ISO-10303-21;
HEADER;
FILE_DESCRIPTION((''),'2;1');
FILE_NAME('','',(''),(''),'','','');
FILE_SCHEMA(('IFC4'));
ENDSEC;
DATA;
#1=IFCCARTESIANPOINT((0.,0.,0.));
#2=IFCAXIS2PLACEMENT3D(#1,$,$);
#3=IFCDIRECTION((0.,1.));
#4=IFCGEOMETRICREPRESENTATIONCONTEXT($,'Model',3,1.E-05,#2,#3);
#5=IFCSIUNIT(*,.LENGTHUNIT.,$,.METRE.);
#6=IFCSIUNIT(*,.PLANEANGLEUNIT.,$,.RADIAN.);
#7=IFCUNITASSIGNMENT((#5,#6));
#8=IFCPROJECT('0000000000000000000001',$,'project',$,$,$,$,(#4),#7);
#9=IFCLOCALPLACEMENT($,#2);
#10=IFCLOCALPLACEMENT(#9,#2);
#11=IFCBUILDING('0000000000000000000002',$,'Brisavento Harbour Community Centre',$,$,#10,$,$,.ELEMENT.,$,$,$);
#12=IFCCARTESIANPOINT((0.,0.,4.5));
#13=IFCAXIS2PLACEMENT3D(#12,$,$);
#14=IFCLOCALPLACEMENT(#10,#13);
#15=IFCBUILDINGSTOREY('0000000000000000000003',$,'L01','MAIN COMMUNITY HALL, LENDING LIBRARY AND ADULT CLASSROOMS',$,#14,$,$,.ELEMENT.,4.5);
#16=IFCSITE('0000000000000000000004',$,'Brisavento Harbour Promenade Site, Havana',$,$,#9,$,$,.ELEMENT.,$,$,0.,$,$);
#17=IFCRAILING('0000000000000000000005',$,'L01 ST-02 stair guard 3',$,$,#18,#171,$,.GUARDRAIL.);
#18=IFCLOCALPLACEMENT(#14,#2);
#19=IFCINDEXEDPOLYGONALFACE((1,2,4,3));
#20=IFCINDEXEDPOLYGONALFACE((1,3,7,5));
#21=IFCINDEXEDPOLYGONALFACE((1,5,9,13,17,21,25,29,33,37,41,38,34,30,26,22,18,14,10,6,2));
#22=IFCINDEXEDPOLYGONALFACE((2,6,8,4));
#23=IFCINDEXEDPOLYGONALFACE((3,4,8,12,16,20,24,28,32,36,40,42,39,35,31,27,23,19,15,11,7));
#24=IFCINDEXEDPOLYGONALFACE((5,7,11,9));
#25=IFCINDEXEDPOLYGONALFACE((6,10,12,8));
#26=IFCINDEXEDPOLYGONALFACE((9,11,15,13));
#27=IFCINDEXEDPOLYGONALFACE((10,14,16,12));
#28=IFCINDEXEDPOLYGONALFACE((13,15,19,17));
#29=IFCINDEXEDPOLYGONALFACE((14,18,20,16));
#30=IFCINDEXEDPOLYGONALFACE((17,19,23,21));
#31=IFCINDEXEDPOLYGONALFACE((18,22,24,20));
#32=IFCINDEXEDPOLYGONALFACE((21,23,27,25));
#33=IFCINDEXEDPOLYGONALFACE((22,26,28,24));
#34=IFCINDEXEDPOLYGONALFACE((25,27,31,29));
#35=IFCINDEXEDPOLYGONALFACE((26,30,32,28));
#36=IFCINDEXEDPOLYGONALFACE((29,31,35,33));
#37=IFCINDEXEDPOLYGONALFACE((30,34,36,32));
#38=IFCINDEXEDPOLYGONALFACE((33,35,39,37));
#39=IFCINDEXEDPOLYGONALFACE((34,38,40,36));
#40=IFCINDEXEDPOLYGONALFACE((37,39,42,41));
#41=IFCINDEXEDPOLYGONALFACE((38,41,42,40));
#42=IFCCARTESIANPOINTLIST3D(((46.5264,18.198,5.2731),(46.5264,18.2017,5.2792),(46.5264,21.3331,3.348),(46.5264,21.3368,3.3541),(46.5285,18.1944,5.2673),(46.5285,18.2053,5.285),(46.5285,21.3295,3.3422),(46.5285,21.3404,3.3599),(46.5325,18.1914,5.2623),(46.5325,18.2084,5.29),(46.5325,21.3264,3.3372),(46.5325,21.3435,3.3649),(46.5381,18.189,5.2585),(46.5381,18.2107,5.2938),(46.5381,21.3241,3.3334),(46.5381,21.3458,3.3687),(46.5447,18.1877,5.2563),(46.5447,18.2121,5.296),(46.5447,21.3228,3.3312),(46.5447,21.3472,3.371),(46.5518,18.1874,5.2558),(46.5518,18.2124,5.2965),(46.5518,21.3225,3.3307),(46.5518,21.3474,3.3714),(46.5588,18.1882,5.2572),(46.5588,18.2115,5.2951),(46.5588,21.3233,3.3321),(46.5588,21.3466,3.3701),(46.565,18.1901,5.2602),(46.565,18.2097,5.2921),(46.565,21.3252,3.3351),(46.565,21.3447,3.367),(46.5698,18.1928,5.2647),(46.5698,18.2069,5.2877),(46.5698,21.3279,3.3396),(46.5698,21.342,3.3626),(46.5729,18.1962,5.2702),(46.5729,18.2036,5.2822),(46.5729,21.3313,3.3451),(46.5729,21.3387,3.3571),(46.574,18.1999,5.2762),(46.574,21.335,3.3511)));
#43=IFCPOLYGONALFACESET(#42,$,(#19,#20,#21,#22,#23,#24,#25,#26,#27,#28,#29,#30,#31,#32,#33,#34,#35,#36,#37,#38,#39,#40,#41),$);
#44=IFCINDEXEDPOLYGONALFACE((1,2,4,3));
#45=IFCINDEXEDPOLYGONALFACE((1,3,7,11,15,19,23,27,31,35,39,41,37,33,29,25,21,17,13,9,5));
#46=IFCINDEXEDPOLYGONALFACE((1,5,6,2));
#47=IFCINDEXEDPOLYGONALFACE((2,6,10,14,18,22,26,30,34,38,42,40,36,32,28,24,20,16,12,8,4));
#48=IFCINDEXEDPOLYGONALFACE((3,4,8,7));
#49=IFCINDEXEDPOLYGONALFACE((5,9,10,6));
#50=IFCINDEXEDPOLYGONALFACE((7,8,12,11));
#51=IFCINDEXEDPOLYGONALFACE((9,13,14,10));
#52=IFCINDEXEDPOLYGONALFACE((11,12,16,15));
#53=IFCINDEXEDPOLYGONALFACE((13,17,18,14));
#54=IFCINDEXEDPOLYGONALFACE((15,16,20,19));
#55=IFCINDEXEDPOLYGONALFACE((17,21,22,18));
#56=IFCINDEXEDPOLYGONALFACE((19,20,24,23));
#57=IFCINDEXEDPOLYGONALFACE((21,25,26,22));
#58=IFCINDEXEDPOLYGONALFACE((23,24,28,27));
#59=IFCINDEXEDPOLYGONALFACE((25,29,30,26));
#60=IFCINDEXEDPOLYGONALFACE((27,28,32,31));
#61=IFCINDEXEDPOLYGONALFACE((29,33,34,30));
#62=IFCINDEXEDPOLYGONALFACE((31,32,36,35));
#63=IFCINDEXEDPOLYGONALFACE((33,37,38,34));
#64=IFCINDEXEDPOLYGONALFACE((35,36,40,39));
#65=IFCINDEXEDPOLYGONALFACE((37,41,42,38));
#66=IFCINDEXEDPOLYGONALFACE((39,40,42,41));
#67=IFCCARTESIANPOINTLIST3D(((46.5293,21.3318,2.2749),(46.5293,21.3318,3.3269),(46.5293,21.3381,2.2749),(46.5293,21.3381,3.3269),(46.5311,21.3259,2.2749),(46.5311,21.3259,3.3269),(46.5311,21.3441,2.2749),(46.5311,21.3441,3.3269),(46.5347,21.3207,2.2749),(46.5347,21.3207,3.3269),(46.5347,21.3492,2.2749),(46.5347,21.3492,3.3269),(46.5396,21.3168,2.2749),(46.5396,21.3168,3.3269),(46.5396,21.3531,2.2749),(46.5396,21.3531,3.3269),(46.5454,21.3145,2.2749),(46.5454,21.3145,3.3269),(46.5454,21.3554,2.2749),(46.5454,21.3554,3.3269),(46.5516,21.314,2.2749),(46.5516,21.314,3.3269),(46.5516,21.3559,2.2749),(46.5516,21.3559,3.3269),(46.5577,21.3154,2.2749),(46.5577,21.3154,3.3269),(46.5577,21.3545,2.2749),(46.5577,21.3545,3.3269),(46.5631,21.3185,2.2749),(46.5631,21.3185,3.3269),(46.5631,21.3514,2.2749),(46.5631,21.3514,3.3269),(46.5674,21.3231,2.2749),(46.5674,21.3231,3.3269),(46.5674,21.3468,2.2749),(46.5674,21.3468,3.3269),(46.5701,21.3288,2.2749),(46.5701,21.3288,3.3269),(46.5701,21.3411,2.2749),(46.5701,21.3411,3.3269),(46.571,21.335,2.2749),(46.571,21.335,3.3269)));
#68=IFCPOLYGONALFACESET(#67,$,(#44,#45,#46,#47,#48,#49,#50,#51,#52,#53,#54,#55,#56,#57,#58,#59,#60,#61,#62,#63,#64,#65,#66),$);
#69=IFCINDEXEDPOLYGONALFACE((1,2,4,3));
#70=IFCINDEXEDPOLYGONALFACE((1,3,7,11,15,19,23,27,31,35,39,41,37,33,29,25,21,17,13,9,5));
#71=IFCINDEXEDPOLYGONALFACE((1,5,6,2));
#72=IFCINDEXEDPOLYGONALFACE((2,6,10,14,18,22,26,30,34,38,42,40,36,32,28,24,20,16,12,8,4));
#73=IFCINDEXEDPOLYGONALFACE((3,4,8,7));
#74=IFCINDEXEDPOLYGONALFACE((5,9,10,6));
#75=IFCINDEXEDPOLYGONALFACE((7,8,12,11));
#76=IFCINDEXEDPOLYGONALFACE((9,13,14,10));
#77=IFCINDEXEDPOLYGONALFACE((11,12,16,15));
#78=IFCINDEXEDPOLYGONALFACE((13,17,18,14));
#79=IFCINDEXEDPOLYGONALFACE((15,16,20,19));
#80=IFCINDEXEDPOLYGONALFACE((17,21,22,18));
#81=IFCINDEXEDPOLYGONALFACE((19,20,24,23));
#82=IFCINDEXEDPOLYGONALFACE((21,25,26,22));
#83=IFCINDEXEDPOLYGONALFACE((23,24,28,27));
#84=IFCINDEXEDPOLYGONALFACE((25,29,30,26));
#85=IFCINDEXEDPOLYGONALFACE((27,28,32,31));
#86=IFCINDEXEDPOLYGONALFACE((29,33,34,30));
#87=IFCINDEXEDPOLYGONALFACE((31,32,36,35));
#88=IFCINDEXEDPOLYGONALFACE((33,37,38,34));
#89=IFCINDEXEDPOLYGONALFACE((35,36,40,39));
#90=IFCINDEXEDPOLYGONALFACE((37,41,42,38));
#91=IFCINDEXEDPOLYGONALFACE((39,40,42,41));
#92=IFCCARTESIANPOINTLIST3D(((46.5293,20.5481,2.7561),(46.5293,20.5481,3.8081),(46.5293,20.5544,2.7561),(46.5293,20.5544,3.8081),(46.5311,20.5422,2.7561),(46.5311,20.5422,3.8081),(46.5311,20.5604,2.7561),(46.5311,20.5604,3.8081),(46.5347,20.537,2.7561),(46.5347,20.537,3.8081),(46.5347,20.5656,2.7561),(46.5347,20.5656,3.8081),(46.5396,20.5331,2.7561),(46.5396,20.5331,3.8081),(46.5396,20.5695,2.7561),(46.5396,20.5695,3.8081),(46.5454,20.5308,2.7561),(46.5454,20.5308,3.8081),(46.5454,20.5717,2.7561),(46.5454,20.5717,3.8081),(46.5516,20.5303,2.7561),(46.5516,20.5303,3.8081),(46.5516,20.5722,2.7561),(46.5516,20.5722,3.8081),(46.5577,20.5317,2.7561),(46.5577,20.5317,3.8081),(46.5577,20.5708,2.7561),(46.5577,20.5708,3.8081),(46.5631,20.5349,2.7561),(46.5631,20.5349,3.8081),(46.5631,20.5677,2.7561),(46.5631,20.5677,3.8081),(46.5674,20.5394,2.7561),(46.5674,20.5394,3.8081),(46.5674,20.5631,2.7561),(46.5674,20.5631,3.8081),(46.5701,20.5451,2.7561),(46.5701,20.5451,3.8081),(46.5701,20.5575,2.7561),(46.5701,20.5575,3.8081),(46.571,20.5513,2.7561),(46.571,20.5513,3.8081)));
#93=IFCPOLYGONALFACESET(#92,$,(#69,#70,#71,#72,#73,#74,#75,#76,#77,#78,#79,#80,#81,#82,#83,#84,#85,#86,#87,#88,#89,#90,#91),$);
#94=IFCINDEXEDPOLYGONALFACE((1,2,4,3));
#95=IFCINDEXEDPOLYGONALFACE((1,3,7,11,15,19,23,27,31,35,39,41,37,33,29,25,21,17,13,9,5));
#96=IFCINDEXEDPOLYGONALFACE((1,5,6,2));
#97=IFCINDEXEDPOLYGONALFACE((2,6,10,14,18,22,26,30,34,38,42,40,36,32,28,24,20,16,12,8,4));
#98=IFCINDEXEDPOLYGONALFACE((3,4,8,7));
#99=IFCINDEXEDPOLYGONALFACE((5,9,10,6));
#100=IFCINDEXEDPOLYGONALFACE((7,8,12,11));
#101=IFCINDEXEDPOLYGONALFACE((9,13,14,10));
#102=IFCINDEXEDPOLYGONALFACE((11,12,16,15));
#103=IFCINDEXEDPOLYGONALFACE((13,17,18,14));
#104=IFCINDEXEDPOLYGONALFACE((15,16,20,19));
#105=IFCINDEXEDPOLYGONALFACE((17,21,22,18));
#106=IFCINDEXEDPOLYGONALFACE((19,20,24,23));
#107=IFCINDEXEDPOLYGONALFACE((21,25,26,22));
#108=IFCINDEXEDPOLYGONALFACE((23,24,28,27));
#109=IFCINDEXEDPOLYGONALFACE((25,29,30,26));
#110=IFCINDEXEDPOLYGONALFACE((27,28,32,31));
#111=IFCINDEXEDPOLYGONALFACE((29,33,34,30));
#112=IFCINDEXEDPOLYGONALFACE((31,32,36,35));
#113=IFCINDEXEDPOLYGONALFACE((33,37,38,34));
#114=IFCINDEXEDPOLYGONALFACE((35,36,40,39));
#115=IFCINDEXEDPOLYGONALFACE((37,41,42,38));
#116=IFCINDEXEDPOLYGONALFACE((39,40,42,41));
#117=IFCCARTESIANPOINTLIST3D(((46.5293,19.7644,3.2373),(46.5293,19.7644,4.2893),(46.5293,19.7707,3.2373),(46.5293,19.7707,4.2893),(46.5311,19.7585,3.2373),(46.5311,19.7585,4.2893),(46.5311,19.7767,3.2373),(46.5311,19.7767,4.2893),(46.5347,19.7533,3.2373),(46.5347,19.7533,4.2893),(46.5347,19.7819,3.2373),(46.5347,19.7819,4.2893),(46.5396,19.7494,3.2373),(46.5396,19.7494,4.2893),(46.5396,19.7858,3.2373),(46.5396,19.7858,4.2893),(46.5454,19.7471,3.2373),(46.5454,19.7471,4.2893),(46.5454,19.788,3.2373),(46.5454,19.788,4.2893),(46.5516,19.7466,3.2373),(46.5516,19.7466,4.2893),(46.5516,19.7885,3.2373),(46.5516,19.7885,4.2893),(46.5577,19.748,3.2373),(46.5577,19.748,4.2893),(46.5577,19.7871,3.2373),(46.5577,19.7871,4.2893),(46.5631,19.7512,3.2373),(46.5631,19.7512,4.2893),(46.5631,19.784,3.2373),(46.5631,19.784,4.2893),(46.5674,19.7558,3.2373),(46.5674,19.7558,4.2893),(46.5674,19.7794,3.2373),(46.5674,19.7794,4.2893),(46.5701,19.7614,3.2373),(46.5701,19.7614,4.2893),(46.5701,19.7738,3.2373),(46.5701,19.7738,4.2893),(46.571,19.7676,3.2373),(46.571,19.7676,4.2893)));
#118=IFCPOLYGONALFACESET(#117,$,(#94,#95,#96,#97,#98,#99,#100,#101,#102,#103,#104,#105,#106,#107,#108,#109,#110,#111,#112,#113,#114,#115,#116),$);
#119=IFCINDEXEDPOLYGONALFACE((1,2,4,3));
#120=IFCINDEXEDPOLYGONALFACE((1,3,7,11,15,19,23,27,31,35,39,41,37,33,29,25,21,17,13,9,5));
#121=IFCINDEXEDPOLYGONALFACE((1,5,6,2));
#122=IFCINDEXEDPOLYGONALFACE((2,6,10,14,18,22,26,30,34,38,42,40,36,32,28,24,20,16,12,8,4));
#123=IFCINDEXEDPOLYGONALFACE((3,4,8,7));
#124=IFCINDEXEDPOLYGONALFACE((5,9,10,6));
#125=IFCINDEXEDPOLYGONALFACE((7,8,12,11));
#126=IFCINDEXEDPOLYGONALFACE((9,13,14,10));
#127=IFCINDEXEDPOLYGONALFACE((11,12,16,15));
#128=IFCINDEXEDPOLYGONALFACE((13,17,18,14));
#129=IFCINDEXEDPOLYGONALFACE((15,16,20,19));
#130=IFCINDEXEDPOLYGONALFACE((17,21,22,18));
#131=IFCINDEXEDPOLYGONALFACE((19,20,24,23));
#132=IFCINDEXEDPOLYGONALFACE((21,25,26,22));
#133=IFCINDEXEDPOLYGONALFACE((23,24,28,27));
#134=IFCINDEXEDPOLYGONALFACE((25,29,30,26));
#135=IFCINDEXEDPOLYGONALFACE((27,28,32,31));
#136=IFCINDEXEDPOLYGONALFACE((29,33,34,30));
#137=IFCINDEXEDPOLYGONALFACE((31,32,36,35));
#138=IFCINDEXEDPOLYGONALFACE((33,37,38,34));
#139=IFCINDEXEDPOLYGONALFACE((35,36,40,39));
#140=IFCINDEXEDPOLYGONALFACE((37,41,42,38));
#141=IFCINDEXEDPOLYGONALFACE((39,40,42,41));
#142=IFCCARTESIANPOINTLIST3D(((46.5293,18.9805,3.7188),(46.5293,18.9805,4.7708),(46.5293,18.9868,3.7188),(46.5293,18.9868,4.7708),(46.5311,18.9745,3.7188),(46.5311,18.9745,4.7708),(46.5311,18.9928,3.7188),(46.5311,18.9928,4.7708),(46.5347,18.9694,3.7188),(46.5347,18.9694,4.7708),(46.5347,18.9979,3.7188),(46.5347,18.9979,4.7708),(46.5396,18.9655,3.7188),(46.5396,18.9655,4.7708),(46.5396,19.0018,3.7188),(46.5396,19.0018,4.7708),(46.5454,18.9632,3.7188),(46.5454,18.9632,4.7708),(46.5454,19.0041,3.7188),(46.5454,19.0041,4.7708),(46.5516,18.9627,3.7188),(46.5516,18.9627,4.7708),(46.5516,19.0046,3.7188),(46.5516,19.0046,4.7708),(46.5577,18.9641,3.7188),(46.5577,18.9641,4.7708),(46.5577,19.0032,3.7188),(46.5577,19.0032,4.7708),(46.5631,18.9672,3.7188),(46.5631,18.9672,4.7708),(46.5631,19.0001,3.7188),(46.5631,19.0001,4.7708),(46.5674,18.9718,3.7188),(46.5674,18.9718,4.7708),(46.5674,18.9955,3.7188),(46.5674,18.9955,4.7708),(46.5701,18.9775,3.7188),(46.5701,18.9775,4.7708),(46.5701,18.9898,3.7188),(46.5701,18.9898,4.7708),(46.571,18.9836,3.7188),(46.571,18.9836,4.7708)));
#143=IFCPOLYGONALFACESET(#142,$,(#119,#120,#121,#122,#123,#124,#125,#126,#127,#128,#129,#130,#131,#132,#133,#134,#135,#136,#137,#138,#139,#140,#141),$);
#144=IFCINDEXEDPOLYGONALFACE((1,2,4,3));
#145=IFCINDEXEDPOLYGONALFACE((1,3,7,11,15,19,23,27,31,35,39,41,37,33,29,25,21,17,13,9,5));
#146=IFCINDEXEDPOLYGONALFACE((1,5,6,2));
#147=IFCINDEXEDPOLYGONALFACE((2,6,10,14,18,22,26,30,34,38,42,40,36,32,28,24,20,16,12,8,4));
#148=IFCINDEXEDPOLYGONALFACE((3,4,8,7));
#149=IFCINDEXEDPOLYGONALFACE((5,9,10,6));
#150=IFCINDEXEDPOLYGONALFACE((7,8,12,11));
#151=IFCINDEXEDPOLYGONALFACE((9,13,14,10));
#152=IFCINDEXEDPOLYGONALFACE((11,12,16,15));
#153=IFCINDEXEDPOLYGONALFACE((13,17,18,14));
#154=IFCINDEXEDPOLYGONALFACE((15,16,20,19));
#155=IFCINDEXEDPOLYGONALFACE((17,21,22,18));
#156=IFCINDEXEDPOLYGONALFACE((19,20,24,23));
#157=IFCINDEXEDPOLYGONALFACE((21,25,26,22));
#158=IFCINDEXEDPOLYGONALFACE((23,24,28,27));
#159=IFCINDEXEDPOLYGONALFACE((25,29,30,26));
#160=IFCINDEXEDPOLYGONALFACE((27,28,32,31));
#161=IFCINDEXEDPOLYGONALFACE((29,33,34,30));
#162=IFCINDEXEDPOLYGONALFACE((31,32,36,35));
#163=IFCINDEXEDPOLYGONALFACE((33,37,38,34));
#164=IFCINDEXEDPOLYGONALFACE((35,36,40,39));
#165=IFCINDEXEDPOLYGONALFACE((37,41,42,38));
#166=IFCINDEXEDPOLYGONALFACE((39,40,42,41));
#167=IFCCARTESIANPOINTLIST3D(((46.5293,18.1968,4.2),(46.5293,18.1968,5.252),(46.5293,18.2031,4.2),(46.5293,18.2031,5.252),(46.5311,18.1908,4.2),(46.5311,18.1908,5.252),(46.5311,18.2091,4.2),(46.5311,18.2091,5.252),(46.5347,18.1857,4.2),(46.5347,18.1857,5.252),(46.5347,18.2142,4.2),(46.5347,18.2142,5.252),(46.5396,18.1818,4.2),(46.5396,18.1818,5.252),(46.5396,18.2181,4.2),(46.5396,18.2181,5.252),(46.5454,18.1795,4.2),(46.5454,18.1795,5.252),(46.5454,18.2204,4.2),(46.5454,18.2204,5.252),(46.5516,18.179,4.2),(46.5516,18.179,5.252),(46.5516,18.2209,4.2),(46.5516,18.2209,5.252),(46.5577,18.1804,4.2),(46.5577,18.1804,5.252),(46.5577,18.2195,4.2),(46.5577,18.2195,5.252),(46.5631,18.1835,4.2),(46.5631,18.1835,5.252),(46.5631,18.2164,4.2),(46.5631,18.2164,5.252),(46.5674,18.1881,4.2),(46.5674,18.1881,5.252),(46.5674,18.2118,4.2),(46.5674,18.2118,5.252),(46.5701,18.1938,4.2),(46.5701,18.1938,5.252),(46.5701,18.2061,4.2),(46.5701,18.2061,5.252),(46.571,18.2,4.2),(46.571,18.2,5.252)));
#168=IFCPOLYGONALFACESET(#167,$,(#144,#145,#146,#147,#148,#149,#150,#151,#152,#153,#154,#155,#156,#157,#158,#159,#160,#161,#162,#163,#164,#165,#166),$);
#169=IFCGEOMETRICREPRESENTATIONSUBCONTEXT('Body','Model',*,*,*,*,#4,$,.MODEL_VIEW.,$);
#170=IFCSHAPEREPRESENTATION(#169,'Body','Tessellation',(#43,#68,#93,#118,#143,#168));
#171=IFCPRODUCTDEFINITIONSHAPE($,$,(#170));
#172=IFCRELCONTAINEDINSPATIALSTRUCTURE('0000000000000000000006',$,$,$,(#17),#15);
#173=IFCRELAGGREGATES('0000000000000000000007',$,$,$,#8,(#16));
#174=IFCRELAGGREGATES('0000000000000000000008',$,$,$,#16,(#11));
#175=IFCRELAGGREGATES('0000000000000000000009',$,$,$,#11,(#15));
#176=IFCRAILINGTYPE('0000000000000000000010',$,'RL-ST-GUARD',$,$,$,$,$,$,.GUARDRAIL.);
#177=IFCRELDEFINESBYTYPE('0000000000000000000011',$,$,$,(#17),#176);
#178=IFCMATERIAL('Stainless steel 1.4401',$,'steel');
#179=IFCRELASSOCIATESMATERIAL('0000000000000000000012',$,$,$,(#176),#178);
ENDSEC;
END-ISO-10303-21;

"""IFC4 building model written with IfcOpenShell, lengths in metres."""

from ifc_helpers import new_model, si_unit, direction, frame, origin, origin_2d, place, context, subcontext, project, spatial, circle, extrude, material, type_object, element, save


model = new_model("IFC4")

# Units and contexts
model_context = context("Model", 3, precision=1e-05, world=origin(), true_north=direction((0.0, 1.0)))
body_context = subcontext(model_context, "Body", "Model", "MODEL_VIEW")
ifc_project = project(units=[si_unit("LENGTHUNIT", "METRE"), si_unit("PLANEANGLEUNIT", "RADIAN")], contexts=[model_context])

# Site, building, storey
site_placement = place(None, origin())
site = spatial("IfcSite", under=ifc_project, at=site_placement, Name="Brisavento Harbour Promenade Site, Havana", CompositionType="ELEMENT", RefElevation=0.0)
building_placement = place(site_placement, origin())
building = spatial("IfcBuilding", under=site, at=building_placement, Name="Brisavento Harbour Community Centre", CompositionType="ELEMENT")
storey_placement = place(building_placement, frame((0.0, 0.0, 4.5)))
storey = spatial("IfcBuildingStorey", under=building, at=storey_placement, Name="L01", Description="MAIN COMMUNITY HALL, LENDING LIBRARY AND ADULT CLASSROOMS", CompositionType="ELEMENT", Elevation=4.5)

# Railing
ifc_material_1 = material(Name="Stainless steel 1.4401", Category="steel")
railing_type_1 = type_object("IfcRailingType", Name="RL-ST-GUARD", PredefinedType="GUARDRAIL", material=ifc_material_1)
railing_1_placement = place(storey_placement, frame((46.55, 21.335, 2.2749)))
element("IfcRailing", 1, at=railing_1_placement, inside=storey, type_object=railing_type_1, Name="L01 ST-02 stair guard 3", PredefinedType="GUARDRAIL", context=body_context, shape_type="SweptSolid", body=[
    extrude(circle(Radius=0.0239, at=origin_2d()), frame((0.0, 0.0, 1.0762), z_axis=(0.0, -0.852166, 0.523271), x_axis=(1.0, 0.0, 0.0)), (0.0, 0.0, 1.0), 3.679),
    extrude(circle(Radius=0.021, at=origin_2d()), origin(), (0.0, 0.0, 1.0), 1.052),
    extrude(circle(Radius=0.021, at=origin_2d()), frame((0.0, -0.7837, 0.4812)), (0.0, 0.0, 1.0), 1.052),
    extrude(circle(Radius=0.021, at=origin_2d()), frame((0.0, -1.5674, 0.9624)), (0.0, 0.0, 1.0), 1.052),
    extrude(circle(Radius=0.021, at=origin_2d()), frame((0.0, -2.3513, 1.4438)), (0.0, 0.0, 1.0), 1.052),
    extrude(circle(Radius=0.021, at=origin_2d()), frame((0.0, -3.135, 1.925)), (0.0, 0.0, 1.0), 1.052),
])

save(model, "model.ifc")
